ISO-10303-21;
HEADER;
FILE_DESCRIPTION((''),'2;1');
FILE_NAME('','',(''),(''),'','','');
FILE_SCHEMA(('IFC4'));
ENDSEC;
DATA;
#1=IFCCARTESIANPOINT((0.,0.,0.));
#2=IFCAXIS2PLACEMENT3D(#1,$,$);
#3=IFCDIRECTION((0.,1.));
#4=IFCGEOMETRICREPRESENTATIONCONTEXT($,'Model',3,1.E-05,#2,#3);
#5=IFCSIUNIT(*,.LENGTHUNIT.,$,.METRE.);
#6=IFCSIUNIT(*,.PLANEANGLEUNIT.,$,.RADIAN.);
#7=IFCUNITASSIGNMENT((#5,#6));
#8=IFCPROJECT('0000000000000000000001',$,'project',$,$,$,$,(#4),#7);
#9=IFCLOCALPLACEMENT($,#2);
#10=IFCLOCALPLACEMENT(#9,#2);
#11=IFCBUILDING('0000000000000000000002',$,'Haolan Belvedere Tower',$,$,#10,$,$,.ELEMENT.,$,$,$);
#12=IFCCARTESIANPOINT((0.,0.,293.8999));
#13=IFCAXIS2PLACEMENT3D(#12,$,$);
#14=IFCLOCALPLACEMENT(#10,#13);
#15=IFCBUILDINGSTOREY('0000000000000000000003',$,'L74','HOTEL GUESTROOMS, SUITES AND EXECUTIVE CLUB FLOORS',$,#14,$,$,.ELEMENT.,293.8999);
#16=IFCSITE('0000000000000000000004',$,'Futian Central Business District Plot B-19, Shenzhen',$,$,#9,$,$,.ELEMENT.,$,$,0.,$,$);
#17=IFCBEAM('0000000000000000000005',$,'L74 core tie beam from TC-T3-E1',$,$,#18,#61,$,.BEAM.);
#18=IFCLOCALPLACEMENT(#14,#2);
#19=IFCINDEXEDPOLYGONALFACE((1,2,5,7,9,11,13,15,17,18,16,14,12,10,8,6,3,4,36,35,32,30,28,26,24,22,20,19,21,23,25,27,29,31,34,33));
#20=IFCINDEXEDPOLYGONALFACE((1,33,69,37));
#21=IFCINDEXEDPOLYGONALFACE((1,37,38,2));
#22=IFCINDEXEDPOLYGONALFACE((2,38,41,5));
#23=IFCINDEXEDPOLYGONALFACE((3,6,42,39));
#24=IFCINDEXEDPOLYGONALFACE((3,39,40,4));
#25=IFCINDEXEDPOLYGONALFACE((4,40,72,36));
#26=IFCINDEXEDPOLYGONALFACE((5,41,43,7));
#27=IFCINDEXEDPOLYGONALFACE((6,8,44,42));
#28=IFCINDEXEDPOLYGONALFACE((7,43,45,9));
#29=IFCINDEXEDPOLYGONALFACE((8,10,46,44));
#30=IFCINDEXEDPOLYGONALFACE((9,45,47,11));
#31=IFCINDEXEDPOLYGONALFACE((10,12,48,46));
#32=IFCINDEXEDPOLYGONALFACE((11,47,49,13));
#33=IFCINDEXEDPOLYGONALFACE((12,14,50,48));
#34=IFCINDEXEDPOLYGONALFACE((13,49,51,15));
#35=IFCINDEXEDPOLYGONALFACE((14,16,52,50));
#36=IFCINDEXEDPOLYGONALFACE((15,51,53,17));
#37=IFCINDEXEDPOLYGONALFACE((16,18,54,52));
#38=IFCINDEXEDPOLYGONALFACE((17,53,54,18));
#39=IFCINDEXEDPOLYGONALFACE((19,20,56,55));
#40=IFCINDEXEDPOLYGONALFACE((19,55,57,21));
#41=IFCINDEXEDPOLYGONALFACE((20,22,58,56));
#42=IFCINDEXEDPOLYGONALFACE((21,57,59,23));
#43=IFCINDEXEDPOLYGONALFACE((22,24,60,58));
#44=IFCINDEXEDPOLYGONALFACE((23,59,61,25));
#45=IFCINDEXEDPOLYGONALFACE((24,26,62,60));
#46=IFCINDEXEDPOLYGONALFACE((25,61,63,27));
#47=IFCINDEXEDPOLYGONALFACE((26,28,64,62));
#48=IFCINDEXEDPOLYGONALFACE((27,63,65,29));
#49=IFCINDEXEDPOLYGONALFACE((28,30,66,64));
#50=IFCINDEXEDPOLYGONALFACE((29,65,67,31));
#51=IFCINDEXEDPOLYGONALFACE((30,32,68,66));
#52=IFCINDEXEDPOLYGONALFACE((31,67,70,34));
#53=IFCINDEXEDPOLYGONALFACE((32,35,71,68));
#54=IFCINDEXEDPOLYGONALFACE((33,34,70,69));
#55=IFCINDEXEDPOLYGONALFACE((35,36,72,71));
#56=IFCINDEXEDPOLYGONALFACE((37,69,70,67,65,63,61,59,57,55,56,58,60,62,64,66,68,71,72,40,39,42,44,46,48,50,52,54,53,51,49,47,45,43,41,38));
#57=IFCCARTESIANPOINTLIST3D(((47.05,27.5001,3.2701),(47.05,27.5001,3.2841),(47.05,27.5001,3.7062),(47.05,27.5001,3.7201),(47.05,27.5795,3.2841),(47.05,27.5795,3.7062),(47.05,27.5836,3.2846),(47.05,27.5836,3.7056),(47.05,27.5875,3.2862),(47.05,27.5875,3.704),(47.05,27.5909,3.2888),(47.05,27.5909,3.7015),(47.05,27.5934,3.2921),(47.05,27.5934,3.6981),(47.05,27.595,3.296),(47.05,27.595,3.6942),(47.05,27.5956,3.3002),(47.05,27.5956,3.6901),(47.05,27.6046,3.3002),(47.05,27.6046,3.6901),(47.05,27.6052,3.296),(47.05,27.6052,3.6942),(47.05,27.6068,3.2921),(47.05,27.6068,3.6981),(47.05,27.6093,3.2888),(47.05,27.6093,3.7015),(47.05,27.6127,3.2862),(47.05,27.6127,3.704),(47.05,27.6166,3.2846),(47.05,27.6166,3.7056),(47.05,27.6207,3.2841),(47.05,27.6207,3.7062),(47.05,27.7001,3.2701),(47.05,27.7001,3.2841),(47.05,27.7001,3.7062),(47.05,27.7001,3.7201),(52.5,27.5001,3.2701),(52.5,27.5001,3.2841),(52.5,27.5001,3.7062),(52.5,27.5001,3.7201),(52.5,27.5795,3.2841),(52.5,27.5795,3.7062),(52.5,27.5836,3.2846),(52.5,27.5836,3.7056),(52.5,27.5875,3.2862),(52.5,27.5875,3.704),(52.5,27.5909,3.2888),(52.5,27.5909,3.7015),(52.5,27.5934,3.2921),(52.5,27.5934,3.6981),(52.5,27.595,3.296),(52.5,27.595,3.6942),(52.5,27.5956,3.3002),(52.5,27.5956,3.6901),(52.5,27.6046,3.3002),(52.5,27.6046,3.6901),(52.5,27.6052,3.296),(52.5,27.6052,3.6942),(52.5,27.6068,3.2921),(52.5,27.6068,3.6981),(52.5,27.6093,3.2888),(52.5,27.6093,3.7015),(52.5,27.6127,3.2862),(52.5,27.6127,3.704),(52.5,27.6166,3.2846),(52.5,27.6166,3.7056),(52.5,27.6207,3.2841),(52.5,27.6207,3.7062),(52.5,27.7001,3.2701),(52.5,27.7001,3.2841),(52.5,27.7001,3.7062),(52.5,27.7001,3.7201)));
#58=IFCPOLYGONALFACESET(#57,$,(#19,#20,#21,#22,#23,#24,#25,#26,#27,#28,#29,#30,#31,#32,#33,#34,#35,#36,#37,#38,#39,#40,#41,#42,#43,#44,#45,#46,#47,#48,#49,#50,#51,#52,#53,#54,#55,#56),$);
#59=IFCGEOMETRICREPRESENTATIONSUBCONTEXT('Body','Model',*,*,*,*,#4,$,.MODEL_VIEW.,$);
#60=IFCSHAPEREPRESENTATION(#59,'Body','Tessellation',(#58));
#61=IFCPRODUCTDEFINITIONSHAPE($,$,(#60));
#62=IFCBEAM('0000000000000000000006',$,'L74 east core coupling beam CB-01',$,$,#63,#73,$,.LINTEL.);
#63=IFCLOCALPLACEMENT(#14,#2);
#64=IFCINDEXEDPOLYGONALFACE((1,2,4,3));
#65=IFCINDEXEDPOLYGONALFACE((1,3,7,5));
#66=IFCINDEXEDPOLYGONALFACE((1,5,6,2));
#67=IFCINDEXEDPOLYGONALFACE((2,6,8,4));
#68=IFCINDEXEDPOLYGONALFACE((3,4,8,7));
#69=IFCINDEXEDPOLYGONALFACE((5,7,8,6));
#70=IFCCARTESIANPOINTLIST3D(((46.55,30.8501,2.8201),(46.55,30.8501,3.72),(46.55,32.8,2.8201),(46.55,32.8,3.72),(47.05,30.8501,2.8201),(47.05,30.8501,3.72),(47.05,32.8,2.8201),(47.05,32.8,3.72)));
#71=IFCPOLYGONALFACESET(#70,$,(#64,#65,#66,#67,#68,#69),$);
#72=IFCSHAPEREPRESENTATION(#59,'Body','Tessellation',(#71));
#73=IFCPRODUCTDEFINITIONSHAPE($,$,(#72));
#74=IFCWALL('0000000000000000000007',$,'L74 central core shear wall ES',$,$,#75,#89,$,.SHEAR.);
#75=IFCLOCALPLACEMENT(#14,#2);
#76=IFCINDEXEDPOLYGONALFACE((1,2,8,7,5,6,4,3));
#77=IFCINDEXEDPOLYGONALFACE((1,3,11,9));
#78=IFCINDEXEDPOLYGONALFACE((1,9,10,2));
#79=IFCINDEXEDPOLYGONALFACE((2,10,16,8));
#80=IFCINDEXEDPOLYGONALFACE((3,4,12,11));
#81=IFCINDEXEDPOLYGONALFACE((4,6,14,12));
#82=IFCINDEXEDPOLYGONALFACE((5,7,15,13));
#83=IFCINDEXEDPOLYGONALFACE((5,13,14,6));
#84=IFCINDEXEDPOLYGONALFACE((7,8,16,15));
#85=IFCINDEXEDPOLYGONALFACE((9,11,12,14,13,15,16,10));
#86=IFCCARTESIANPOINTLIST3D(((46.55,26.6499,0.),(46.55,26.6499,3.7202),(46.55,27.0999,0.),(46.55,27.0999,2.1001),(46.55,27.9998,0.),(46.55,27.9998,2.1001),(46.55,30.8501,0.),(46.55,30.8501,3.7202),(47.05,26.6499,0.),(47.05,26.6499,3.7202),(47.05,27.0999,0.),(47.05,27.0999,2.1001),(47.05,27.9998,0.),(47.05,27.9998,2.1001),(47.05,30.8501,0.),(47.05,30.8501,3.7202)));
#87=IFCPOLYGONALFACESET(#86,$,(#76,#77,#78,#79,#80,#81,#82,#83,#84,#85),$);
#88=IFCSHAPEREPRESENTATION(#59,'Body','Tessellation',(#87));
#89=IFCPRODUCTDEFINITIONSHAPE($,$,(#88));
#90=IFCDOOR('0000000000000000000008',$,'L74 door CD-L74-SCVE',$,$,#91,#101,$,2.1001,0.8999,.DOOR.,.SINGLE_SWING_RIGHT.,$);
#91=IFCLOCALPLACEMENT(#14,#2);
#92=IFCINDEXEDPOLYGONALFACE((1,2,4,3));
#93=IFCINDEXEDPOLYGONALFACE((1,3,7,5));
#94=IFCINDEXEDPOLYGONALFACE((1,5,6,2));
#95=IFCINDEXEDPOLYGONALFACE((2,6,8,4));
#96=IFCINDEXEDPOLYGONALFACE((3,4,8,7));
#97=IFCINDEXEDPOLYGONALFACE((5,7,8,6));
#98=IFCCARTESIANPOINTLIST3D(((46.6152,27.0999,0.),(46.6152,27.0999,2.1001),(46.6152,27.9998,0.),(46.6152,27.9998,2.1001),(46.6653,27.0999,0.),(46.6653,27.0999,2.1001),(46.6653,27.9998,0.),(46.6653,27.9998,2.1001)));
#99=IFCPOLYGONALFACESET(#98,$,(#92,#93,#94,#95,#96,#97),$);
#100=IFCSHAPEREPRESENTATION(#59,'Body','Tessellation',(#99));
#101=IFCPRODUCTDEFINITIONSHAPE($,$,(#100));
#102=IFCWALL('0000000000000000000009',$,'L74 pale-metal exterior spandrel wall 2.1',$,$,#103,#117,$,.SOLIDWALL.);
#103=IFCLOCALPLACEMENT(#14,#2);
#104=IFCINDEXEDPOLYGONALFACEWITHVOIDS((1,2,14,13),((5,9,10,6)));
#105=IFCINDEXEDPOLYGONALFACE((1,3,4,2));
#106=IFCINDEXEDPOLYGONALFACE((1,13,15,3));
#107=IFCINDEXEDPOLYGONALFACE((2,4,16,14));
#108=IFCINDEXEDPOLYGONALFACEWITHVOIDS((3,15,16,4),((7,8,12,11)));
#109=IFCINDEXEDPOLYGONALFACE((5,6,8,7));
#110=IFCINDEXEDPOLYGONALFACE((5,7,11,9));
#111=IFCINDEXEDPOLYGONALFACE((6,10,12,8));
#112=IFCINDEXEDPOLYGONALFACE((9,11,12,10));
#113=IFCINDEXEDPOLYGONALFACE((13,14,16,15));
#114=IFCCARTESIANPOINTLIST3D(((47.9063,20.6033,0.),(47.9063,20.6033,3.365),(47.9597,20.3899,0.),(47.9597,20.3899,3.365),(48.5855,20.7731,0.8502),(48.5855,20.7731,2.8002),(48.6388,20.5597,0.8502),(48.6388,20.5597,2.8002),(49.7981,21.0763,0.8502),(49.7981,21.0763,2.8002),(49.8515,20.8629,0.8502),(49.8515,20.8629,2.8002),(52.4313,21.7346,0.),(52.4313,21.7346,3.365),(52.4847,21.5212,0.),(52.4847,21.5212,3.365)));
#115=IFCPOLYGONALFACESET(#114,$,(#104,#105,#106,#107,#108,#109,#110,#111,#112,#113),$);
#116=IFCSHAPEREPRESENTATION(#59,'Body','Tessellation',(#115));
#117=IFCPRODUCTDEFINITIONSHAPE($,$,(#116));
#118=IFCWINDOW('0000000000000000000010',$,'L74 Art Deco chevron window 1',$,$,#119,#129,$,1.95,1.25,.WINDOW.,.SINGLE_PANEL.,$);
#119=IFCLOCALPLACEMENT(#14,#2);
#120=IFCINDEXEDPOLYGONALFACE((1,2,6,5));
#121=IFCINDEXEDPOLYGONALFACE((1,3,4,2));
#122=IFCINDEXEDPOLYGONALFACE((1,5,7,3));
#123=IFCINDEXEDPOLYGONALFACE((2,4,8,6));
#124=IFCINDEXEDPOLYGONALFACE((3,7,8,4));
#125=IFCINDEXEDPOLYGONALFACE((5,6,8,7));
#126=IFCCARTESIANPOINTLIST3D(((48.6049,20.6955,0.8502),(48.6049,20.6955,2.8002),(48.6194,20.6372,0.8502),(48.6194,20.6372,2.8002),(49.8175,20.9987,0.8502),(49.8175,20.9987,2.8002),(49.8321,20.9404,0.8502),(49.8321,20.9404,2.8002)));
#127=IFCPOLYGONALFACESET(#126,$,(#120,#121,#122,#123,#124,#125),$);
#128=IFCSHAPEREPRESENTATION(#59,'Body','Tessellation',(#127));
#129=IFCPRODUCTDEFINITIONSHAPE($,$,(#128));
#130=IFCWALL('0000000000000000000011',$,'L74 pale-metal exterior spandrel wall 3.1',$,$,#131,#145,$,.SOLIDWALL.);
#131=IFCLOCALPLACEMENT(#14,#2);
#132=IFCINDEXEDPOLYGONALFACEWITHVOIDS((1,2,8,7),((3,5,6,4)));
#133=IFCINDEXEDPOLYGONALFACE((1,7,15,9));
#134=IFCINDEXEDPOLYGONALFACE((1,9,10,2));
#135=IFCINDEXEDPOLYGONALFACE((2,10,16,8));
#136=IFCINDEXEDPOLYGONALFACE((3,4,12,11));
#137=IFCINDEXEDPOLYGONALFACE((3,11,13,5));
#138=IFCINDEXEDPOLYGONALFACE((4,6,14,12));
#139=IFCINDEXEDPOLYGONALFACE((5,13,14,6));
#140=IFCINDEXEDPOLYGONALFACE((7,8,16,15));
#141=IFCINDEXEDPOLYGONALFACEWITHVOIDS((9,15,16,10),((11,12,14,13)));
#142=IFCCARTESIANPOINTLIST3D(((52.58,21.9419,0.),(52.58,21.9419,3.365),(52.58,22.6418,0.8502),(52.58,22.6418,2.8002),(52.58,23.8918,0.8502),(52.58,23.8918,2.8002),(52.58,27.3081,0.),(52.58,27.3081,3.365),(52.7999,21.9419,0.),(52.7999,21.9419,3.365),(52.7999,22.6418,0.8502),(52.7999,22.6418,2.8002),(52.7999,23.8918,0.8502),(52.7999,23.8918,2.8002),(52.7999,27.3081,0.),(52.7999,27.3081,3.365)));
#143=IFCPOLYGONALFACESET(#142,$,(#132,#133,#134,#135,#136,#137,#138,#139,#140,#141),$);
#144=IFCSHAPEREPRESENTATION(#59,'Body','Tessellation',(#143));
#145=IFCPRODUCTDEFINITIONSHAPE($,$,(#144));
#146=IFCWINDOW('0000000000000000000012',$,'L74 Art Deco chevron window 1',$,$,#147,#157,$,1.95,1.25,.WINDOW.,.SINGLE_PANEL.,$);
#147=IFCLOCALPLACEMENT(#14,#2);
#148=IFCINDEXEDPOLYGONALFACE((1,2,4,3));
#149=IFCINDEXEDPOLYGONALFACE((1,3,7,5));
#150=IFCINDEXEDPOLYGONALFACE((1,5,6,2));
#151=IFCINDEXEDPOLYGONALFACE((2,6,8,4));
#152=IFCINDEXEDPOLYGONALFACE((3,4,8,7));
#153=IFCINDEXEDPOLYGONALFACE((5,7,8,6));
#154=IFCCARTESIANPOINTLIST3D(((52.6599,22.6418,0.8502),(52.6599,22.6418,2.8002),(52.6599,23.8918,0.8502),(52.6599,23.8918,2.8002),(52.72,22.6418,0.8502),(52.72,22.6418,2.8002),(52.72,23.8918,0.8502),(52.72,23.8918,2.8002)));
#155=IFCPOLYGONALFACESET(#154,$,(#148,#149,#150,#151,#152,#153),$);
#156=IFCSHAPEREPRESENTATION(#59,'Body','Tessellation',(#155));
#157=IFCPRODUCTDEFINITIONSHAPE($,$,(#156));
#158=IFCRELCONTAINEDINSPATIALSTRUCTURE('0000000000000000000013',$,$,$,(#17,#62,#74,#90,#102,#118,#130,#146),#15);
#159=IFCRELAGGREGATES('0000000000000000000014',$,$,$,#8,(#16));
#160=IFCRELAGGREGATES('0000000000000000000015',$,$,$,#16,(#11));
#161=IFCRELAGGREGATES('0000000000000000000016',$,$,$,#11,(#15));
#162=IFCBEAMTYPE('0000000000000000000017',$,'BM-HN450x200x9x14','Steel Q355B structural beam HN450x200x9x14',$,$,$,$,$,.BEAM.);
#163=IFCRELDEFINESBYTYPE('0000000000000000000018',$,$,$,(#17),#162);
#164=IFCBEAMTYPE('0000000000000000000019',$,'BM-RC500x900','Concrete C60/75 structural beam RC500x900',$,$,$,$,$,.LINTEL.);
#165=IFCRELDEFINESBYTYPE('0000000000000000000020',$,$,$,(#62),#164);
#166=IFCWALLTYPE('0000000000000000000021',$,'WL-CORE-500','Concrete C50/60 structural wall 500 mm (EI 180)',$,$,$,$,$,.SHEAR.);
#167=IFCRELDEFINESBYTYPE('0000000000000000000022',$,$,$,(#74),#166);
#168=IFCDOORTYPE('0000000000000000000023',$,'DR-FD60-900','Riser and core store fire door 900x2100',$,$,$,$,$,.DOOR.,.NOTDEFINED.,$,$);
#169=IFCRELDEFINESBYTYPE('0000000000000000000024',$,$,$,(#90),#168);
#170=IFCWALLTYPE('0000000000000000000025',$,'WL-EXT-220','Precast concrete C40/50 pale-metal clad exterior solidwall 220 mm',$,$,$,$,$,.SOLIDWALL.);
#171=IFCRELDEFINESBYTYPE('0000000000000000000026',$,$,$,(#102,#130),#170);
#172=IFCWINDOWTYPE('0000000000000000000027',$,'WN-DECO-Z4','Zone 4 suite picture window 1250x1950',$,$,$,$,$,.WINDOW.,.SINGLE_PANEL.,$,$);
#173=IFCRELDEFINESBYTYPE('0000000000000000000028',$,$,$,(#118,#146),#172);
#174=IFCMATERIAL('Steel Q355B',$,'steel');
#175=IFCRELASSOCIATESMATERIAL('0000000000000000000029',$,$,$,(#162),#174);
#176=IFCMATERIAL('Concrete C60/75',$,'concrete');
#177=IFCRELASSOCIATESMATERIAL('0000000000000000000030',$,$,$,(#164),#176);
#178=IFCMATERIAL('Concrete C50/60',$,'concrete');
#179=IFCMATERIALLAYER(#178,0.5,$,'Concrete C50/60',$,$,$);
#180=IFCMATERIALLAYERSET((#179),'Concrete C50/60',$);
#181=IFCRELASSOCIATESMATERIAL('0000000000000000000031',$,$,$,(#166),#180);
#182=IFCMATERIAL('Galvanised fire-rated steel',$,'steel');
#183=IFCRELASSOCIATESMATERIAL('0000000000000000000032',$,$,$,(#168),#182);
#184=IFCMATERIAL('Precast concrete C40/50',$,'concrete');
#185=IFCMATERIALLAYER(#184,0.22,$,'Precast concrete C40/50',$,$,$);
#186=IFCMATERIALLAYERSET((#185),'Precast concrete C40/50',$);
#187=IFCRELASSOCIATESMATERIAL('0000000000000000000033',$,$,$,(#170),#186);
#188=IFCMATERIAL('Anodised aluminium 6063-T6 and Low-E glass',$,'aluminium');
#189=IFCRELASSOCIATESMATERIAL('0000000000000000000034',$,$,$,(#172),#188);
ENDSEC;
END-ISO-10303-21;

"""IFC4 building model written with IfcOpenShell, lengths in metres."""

from ifc_helpers import new_model, si_unit, direction, frame, frame_2d, origin, origin_2d, place, context, subcontext, project, spatial, rectangle, i_section, extrude, material, layer, layer_set, material_profile, profile_set, type_object, element, fill, save


model = new_model("IFC4")

# Units and contexts
model_context = context("Model", 3, precision=1e-05, world=origin(), true_north=direction((0.0, 1.0)))
body_context = subcontext(model_context, "Body", "Model", "MODEL_VIEW")
ifc_project = project(units=[si_unit("LENGTHUNIT", "METRE"), si_unit("PLANEANGLEUNIT", "RADIAN")], contexts=[model_context])

# Site, building, storey
site_placement = place(None, origin())
site = spatial("IfcSite", under=ifc_project, at=site_placement, Name="Futian Central Business District Plot B-19, Shenzhen", CompositionType="ELEMENT", RefElevation=0.0)
building_placement = place(site_placement, origin())
building = spatial("IfcBuilding", under=site, at=building_placement, Name="Haolan Belvedere Tower", CompositionType="ELEMENT")
storey_placement = place(building_placement, frame((0.0, 0.0, 293.8999)))
storey = spatial("IfcBuildingStorey", under=building, at=storey_placement, Name="L74", Description="HOTEL GUESTROOMS, SUITES AND EXECUTIVE CLUB FLOORS", CompositionType="ELEMENT", Elevation=293.8999)

# Beams
ifc_material_1 = material(Name="Steel Q355B", Category="steel")
ifc_material_profile_1 = material_profile(ifc_material_1, i_section(OverallWidth=0.2, OverallDepth=0.45, WebThickness=0.009, FlangeThickness=0.0139, FilletRadius=0.0161, at=origin_2d()), Name="Steel Q355B")
ifc_profile_set_1 = profile_set([ifc_material_profile_1], Name="Steel Q355B")
beam_type_1 = type_object("IfcBeamType", Name="BM-HN450x200x9x14", Description="Steel Q355B structural beam HN450x200x9x14", PredefinedType="BEAM", material=ifc_profile_set_1)
beam_1_placement = place(storey_placement, frame((52.5, 27.6001, 3.4951), z_axis=(-1.0, 0.0, 0.0), x_axis=(0.0, -1.0, 0.0)))
element("IfcBeam", 1, at=beam_1_placement, inside=storey, type_object=beam_type_1, Name="L74 core tie beam from TC-T3-E1", PredefinedType="BEAM", context=body_context, shape_type="SweptSolid", body=[
    extrude(i_section(OverallWidth=0.2, OverallDepth=0.45, WebThickness=0.009, FlangeThickness=0.0139, FilletRadius=0.0161, at=origin_2d()), origin(), (0.0, 0.0, 1.0), 5.45),
])
ifc_material_2 = material(Name="Concrete C60/75", Category="concrete")
ifc_material_profile_2 = material_profile(ifc_material_2, rectangle(XDim=0.5, YDim=0.8999, at=origin_2d()), Name="Concrete C60/75")
ifc_profile_set_2 = profile_set([ifc_material_profile_2], Name="Concrete C60/75")
beam_type_2 = type_object("IfcBeamType", Name="BM-RC500x900", Description="Concrete C60/75 structural beam RC500x900", PredefinedType="LINTEL", material=ifc_profile_set_2)
beam_2_placement = place(storey_placement, frame((46.8, 30.8501, 3.27), z_axis=(0.0, 1.0, 0.0), x_axis=(-1.0, 0.0, 0.0)))
element("IfcBeam", 2, at=beam_2_placement, inside=storey, type_object=beam_type_2, Name="L74 east core coupling beam CB-01", PredefinedType="LINTEL", context=body_context, shape_type="SweptSolid", body=[
    extrude(rectangle(XDim=0.5, YDim=0.8999, at=origin_2d()), origin(), (0.0, 0.0, 1.0), 1.95),
])

# Wall, opening, door
ifc_material_3 = material(Name="Concrete C50/60", Category="concrete")
ifc_layer_1 = layer(ifc_material_3, 0.5, Name="Concrete C50/60")
ifc_layer_set_1 = layer_set([ifc_layer_1], Name="Concrete C50/60")
wall_type_1 = type_object("IfcWallType", Name="WL-CORE-500", Description="Concrete C50/60 structural wall 500 mm (EI 180)", PredefinedType="SHEAR", material=ifc_layer_set_1)
wall_1_placement = place(storey_placement, frame((46.8, 26.6499, 0.0), z_axis=(0.0, 0.0, 1.0), x_axis=(0.0, 1.0, 0.0)))
wall_1 = element("IfcWall", 3, at=wall_1_placement, inside=storey, type_object=wall_type_1, Name="L74 central core shear wall ES", PredefinedType="SHEAR", context=body_context, shape_type="SweptSolid", body=[
    extrude(rectangle(XDim=4.2002, YDim=0.5, at=frame_2d((2.1001, 0.0))), origin(), (0.0, 0.0, 1.0), 3.7202),
])
opening_1_placement = place(wall_1_placement, frame((1.3499, 0.0, 0.0), z_axis=(0.0, 0.0, 1.0), x_axis=(-1.0, 0.0, 0.0)))
opening_1 = element("IfcOpeningElement", 4, at=opening_1_placement, cuts=wall_1, PredefinedType="OPENING", context=body_context, shape_type="SweptSolid", body=[
    extrude(rectangle(XDim=0.8999, YDim=2.1001, at=frame_2d((0.45, 1.05))), frame((0.0, 0.26, 0.0), z_axis=(0.0, -1.0, 0.0), x_axis=(1.0, 0.0, 0.0)), (0.0, 0.0, 1.0), 0.52),
])
ifc_material_4 = material(Name="Galvanised fire-rated steel", Category="steel")
door_type_1 = type_object("IfcDoorType", Name="DR-FD60-900", Description="Riser and core store fire door 900x2100", OperationType="NOTDEFINED", PredefinedType="DOOR", material=ifc_material_4)
door_1_placement = place(opening_1_placement, origin())
door_1 = element("IfcDoor", 5, at=door_1_placement, inside=storey, type_object=door_type_1, Name="L74 door CD-L74-SCVE", OperationType="SINGLE_SWING_RIGHT", OverallHeight=2.1001, OverallWidth=0.8999, PredefinedType="DOOR", context=body_context, shape_type="SweptSolid", body=[
    extrude(rectangle(XDim=0.8999, YDim=2.1001, at=frame_2d((0.45, 1.05))), frame((0.0, -0.1348, 0.0), z_axis=(0.0, -1.0, 0.0), x_axis=(1.0, 0.0, 0.0)), (0.0, 0.0, 1.0), 0.05),
])
fill(opening_1, door_1)

# Walls, openings, windows
ifc_material_5 = material(Name="Precast concrete C40/50", Category="concrete")
ifc_layer_2 = layer(ifc_material_5, 0.22, Name="Precast concrete C40/50")
ifc_layer_set_2 = layer_set([ifc_layer_2], Name="Precast concrete C40/50")
wall_type_2 = type_object("IfcWallType", Name="WL-EXT-220", Description="Precast concrete C40/50 pale-metal clad exterior solidwall 220 mm", PredefinedType="SOLIDWALL", material=ifc_layer_set_2)
wall_2_placement = place(storey_placement, frame((47.9331, 20.4966, 0.0), z_axis=(0.0, 0.0, 1.0), x_axis=(0.970136, 0.24256, 0.0)))
wall_2 = element("IfcWall", 6, at=wall_2_placement, inside=storey, type_object=wall_type_2, Name="L74 pale-metal exterior spandrel wall 2.1", PredefinedType="SOLIDWALL", context=body_context, shape_type="SweptSolid", body=[
    extrude(rectangle(XDim=4.6643, YDim=0.22, at=frame_2d((2.332, 0.0))), origin(), (0.0, 0.0, 1.0), 3.365),
])
opening_2_placement = place(wall_2_placement, frame((0.7, 0.0, 0.8501)))
opening_2 = element("IfcOpeningElement", 7, at=opening_2_placement, cuts=wall_2, PredefinedType="OPENING", context=body_context, shape_type="SweptSolid", body=[
    extrude(rectangle(XDim=1.25, YDim=1.95, at=frame_2d((0.625, 0.9751))), frame((0.0, 0.1199, 0.0), z_axis=(0.0, -1.0, 0.0), x_axis=(1.0, 0.0, 0.0)), (0.0, 0.0, 1.0), 0.24),
])
ifc_material_6 = material(Name="Anodised aluminium 6063-T6 and Low-E glass", Category="aluminium")
window_type = type_object("IfcWindowType", Name="WN-DECO-Z4", Description="Zone 4 suite picture window 1250x1950", PartitioningType="SINGLE_PANEL", PredefinedType="WINDOW", material=ifc_material_6)
window_1_placement = place(opening_2_placement, origin())
window_1 = element("IfcWindow", 8, at=window_1_placement, inside=storey, type_object=window_type, Name="L74 Art Deco chevron window 1", OverallHeight=1.95, OverallWidth=1.25, PartitioningType="SINGLE_PANEL", PredefinedType="WINDOW", context=body_context, shape_type="SweptSolid", body=[
    extrude(rectangle(XDim=1.25, YDim=1.95, at=frame_2d((0.625, 0.9751))), frame((0.0, 0.03, 0.0), z_axis=(0.0, -1.0, 0.0), x_axis=(1.0, 0.0, 0.0)), (0.0, 0.0, 1.0), 0.0601),
])
fill(opening_2, window_1)
wall_3_placement = place(storey_placement, frame((52.6899, 21.9419, 0.0), z_axis=(0.0, 0.0, 1.0), x_axis=(0.0, 1.0, 0.0)))
wall_3 = element("IfcWall", 9, at=wall_3_placement, inside=storey, type_object=wall_type_2, Name="L74 pale-metal exterior spandrel wall 3.1", PredefinedType="SOLIDWALL", context=body_context, shape_type="SweptSolid", body=[
    extrude(rectangle(XDim=5.3662, YDim=0.22, at=frame_2d((2.6831, 0.0))), origin(), (0.0, 0.0, 1.0), 3.365),
])
opening_3_placement = place(wall_3_placement, frame((0.7, 0.0, 0.8501)))
opening_3 = element("IfcOpeningElement", 10, at=opening_3_placement, cuts=wall_3, PredefinedType="OPENING", context=body_context, shape_type="SweptSolid", body=[
    extrude(rectangle(XDim=1.25, YDim=1.95, at=frame_2d((0.625, 0.9751))), frame((0.0, 0.1199, 0.0), z_axis=(0.0, -1.0, 0.0), x_axis=(1.0, 0.0, 0.0)), (0.0, 0.0, 1.0), 0.24),
])
window_2_placement = place(opening_3_placement, origin())
window_2 = element("IfcWindow", 11, at=window_2_placement, inside=storey, type_object=window_type, Name="L74 Art Deco chevron window 1", OverallHeight=1.95, OverallWidth=1.25, PartitioningType="SINGLE_PANEL", PredefinedType="WINDOW", context=body_context, shape_type="SweptSolid", body=[
    extrude(rectangle(XDim=1.25, YDim=1.95, at=frame_2d((0.625, 0.9751))), frame((0.0, 0.03, 0.0), z_axis=(0.0, -1.0, 0.0), x_axis=(1.0, 0.0, 0.0)), (0.0, 0.0, 1.0), 0.0601),
])
fill(opening_3, window_2)

save(model, "model.ifc")
